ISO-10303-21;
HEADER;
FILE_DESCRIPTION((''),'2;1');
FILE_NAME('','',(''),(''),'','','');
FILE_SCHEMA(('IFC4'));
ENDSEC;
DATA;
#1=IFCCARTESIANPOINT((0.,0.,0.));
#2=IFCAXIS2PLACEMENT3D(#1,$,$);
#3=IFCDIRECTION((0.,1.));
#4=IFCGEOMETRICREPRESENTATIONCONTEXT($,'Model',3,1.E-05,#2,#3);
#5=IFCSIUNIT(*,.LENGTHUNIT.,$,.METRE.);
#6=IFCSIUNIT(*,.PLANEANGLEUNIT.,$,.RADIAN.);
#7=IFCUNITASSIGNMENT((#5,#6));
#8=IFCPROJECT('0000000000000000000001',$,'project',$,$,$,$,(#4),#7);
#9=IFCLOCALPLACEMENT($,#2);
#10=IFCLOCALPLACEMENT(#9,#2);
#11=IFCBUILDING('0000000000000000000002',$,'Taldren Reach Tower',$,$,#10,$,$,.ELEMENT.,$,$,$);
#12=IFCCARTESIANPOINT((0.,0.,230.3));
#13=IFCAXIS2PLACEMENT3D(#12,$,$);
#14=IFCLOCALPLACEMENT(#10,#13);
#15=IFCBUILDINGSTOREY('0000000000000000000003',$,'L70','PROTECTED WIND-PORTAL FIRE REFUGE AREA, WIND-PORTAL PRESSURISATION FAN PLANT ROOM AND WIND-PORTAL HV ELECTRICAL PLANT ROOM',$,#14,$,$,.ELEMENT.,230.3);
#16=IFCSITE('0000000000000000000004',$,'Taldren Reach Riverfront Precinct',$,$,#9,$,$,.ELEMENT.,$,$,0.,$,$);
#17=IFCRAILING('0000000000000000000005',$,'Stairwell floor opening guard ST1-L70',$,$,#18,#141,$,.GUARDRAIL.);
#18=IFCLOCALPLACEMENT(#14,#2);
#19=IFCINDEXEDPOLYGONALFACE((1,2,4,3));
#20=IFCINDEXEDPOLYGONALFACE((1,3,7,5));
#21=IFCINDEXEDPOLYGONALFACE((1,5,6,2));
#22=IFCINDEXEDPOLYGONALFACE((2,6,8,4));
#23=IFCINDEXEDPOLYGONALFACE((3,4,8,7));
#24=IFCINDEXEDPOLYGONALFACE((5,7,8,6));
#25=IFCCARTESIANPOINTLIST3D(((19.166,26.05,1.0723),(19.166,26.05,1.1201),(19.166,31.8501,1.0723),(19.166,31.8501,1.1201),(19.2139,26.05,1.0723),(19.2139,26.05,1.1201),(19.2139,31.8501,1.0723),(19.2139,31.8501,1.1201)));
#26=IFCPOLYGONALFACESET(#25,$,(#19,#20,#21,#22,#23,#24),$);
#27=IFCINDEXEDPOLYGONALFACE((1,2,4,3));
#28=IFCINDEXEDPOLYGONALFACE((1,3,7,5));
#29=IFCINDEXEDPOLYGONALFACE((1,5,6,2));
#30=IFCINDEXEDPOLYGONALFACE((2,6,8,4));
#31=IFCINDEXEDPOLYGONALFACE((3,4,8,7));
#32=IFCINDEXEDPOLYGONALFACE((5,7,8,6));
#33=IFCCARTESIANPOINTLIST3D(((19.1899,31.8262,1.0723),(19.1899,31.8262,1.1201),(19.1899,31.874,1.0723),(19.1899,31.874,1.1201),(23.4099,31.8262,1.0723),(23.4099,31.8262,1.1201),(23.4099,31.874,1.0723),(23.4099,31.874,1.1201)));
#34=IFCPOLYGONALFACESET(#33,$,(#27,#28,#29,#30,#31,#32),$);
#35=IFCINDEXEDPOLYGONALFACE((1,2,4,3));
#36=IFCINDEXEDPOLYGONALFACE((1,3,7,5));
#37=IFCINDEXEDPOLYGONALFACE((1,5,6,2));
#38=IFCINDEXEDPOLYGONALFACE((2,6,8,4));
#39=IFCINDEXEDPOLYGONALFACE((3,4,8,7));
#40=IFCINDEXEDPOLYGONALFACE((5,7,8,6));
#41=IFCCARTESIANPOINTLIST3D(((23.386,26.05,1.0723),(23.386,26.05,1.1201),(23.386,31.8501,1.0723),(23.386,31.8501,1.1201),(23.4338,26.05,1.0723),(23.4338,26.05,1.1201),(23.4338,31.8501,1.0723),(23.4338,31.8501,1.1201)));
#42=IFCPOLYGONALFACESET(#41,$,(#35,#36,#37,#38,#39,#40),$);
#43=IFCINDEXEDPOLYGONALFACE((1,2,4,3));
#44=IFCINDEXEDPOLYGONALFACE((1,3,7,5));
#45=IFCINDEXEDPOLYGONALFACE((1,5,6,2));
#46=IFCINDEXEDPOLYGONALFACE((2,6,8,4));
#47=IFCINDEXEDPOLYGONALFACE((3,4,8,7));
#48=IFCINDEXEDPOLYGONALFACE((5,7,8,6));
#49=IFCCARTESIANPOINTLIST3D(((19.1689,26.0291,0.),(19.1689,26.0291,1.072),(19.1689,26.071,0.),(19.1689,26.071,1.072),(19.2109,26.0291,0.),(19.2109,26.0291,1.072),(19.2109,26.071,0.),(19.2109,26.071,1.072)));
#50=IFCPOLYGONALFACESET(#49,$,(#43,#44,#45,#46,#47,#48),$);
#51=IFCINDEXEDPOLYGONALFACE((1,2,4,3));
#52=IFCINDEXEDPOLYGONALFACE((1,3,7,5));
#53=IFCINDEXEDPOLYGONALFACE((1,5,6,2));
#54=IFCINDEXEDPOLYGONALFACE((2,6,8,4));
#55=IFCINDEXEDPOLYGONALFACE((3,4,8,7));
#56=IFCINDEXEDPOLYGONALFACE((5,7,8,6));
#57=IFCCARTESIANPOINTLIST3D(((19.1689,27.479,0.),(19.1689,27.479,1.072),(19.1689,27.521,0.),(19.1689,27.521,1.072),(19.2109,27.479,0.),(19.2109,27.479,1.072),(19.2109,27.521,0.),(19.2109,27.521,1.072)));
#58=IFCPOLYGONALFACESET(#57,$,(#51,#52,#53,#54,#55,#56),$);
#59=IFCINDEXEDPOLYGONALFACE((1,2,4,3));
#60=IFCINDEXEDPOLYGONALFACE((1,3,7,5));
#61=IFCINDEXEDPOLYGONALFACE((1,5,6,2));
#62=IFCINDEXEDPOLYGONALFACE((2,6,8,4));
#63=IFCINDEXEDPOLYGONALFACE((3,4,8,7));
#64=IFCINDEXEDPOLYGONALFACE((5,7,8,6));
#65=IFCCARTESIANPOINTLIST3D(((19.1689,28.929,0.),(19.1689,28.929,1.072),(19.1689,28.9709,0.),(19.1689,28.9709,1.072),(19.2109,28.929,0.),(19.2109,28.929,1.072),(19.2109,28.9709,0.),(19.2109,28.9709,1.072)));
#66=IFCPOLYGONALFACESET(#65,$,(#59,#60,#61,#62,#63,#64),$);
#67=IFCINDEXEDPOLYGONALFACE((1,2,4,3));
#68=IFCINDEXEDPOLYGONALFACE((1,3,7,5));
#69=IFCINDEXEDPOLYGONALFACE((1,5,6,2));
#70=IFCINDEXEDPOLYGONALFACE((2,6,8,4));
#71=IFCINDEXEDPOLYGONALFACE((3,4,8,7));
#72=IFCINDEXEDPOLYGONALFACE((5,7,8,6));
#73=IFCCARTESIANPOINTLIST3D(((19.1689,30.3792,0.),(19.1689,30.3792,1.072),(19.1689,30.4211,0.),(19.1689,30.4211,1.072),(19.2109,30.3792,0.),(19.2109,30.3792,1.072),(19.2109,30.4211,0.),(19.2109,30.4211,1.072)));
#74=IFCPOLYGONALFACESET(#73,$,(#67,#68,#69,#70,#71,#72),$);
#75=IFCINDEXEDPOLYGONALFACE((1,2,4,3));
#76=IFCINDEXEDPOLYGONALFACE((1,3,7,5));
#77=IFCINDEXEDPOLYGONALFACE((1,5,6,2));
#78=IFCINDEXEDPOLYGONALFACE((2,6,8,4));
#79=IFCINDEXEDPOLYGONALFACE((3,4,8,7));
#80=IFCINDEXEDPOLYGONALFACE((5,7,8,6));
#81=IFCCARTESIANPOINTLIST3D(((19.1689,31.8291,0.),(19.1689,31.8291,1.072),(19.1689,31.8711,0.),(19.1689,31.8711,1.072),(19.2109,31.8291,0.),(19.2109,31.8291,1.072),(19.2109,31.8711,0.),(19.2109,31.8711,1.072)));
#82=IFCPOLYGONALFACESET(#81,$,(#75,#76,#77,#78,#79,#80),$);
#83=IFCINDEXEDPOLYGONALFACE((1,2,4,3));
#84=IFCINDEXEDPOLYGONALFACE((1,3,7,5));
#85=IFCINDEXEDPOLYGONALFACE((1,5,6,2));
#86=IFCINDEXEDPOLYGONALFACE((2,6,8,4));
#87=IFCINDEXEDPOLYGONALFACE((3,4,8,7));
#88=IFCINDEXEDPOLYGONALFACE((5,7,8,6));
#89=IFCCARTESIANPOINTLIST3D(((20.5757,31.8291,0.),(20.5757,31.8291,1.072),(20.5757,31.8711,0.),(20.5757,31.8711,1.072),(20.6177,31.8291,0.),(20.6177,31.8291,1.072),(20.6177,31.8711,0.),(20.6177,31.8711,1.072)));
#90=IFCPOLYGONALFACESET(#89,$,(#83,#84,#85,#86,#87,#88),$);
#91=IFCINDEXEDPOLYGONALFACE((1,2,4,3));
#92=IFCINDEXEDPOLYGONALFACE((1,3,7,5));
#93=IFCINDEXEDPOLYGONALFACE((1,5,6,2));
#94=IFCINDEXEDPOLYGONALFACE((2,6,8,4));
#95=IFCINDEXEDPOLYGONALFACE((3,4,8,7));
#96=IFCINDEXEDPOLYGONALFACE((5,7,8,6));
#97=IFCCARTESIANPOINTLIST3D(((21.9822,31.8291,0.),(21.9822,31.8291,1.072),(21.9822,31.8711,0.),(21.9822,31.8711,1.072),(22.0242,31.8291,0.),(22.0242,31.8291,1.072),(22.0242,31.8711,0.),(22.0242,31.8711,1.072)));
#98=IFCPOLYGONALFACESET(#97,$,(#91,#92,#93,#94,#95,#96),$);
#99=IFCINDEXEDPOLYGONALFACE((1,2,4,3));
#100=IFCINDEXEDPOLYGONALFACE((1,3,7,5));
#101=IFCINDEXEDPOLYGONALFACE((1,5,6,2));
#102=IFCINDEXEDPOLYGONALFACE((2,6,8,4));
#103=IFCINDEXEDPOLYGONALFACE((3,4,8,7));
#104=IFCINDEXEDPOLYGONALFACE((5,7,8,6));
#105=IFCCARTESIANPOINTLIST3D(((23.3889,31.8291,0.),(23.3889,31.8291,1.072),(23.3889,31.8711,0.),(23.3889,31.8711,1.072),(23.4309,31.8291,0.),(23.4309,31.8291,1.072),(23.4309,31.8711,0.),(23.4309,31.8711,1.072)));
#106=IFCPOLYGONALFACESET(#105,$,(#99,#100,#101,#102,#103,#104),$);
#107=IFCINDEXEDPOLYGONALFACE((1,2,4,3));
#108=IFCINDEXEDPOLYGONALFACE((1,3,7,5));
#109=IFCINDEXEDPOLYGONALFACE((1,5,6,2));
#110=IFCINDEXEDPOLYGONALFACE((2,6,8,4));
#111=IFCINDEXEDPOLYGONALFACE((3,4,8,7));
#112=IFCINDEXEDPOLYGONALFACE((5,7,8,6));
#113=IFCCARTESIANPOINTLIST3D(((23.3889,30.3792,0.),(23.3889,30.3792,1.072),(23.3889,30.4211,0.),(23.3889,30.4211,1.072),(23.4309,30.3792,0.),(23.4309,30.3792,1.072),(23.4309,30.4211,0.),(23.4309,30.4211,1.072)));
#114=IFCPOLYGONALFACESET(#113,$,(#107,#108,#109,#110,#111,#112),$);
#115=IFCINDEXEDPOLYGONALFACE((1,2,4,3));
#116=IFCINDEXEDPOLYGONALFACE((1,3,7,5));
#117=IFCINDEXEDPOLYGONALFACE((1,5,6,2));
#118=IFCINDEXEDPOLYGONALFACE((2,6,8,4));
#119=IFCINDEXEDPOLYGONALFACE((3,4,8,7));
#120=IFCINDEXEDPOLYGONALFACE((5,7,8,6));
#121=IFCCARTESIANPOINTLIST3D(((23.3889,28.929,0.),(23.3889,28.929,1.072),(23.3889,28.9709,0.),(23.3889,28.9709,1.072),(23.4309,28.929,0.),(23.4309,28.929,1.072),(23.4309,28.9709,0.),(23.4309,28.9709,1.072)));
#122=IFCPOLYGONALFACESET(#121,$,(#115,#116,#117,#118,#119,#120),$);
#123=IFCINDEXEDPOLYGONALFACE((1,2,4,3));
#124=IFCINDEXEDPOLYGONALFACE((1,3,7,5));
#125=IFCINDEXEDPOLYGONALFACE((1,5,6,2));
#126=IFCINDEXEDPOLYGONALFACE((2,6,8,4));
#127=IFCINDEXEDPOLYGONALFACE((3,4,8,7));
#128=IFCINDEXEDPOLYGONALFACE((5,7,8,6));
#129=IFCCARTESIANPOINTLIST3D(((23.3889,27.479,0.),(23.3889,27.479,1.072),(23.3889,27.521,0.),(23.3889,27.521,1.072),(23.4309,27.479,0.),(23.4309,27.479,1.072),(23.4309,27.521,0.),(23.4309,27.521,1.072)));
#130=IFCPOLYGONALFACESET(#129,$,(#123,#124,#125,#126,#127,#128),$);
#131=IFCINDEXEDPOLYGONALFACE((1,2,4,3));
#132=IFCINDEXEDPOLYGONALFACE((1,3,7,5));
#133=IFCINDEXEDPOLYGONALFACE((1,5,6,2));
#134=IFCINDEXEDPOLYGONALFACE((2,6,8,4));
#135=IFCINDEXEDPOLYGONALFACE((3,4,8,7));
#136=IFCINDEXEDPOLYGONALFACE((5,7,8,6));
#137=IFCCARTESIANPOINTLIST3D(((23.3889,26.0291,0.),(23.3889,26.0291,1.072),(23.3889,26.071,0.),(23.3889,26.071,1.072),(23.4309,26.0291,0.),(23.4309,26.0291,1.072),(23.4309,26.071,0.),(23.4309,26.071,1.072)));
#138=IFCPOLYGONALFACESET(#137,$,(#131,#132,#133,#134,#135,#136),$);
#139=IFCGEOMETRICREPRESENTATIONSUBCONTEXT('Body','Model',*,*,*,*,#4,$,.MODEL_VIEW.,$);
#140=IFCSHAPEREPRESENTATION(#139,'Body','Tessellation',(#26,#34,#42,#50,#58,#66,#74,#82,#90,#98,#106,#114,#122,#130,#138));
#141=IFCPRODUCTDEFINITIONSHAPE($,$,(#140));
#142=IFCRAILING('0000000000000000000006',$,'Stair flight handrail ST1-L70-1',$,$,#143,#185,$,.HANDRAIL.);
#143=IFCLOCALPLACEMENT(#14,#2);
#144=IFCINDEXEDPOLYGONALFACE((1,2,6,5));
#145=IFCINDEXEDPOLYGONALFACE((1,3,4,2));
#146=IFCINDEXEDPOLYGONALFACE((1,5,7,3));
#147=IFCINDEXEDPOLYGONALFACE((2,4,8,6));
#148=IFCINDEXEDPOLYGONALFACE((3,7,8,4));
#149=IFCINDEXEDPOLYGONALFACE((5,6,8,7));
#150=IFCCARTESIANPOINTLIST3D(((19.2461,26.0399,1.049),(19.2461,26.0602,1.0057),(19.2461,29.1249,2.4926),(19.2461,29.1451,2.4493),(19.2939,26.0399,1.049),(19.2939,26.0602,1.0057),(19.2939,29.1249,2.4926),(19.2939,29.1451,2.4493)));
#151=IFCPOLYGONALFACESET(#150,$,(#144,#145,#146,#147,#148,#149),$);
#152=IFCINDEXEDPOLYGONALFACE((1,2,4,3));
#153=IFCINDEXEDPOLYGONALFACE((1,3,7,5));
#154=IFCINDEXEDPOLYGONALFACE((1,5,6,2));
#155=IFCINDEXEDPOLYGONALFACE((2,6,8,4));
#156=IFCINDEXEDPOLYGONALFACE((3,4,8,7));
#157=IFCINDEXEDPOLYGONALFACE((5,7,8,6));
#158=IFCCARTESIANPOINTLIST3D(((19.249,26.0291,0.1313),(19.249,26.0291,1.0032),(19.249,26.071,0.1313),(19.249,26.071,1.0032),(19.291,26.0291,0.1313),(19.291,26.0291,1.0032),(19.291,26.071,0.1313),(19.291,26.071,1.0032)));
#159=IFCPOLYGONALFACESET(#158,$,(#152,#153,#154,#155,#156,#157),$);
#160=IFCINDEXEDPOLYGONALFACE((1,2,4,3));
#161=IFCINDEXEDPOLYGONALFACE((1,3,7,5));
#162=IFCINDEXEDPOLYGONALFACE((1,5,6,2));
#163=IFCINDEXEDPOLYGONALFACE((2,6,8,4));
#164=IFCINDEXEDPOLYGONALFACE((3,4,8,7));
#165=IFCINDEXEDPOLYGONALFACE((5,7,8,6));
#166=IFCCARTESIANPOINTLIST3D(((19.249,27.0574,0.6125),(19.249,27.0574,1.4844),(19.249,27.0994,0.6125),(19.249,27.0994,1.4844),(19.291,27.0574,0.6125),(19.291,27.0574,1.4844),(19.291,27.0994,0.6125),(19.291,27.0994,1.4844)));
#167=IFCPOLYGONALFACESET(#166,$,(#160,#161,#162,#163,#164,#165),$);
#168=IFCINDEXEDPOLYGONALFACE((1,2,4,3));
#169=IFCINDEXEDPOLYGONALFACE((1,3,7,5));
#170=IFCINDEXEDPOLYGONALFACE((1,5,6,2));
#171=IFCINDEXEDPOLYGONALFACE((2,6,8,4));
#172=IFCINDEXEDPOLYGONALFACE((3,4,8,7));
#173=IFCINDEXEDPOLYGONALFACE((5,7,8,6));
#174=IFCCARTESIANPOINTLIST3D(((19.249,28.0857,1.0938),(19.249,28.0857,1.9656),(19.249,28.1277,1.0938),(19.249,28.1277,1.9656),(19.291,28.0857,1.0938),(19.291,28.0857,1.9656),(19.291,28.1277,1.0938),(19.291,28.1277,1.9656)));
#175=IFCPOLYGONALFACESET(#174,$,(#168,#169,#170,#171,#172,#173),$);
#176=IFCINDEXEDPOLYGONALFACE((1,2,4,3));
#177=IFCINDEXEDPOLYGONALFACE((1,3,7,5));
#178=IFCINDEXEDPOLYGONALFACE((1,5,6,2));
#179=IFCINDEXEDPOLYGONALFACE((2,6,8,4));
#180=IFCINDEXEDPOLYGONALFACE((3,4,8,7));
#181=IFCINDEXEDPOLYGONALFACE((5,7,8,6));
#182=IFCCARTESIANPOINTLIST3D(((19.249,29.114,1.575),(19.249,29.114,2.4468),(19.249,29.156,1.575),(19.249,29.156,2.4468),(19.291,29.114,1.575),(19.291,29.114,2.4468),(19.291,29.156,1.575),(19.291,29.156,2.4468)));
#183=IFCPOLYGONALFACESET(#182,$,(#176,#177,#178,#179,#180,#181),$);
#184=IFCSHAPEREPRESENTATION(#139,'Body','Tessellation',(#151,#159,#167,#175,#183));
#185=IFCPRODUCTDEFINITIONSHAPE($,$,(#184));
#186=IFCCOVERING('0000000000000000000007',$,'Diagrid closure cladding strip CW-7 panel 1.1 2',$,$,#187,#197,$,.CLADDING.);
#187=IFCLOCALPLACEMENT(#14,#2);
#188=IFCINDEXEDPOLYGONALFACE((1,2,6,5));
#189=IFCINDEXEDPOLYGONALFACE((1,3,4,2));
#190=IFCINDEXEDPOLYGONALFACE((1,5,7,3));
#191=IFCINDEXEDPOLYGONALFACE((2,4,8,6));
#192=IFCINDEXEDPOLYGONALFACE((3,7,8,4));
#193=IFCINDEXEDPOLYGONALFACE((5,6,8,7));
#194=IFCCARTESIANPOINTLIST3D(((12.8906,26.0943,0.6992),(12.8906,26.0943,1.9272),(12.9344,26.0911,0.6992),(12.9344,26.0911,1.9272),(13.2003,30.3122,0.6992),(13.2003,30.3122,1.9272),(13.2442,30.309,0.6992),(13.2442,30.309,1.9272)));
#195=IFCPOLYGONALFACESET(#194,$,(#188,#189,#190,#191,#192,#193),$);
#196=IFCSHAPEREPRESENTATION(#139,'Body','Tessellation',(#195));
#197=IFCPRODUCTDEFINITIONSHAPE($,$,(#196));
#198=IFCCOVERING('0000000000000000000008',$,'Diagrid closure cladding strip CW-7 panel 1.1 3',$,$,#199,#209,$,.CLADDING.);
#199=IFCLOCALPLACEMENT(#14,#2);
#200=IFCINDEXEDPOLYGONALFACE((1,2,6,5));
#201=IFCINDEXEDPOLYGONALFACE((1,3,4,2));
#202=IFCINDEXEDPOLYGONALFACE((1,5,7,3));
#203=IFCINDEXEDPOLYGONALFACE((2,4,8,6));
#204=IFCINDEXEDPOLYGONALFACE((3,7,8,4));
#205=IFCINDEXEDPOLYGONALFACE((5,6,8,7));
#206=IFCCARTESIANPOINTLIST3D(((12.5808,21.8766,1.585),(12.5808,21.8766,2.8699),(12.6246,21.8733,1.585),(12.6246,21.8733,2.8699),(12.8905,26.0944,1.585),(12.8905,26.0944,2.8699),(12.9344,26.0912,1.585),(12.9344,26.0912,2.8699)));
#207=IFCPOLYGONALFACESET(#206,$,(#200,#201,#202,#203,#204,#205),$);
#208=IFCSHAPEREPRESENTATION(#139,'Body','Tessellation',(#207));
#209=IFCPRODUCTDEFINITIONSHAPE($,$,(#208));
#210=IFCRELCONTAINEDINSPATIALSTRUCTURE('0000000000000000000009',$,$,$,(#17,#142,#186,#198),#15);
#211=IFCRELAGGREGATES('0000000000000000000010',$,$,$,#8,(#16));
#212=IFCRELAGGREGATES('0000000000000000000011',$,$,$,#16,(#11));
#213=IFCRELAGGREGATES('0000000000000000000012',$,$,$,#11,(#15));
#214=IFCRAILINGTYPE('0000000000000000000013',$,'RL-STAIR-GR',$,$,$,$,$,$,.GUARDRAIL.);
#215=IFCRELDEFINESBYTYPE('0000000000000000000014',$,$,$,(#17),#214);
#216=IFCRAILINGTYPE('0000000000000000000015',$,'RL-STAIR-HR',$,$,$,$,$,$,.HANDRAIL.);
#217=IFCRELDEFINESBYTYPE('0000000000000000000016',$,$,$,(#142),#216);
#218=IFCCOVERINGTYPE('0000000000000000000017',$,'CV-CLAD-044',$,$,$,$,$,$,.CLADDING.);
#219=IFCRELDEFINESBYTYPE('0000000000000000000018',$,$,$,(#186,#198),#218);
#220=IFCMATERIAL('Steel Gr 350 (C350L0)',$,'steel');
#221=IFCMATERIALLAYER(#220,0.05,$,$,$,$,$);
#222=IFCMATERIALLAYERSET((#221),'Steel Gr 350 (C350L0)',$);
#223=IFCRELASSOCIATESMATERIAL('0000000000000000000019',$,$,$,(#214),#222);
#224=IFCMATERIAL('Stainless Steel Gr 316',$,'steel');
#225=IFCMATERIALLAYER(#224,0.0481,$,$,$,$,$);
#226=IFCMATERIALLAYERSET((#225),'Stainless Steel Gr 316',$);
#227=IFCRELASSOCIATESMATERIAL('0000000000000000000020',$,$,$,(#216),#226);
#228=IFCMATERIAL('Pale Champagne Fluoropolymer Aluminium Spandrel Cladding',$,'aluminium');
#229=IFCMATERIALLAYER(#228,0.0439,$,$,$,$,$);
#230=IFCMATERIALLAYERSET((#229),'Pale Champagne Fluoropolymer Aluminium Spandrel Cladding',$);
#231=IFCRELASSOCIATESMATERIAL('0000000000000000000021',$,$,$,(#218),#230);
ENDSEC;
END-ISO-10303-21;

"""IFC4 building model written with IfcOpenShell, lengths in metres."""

from ifc_helpers import new_model, si_unit, direction, frame, origin, origin_2d, place, context, subcontext, project, spatial, rectangle, extrude, source, transform, mapped, material, layer, layer_set, type_object, element, save


model = new_model("IFC4")

# Units and contexts
model_context = context("Model", 3, precision=1e-05, world=origin(), true_north=direction((0.0, 1.0)))
body_context = subcontext(model_context, "Body", "Model", "MODEL_VIEW")
ifc_project = project(units=[si_unit("LENGTHUNIT", "METRE"), si_unit("PLANEANGLEUNIT", "RADIAN")], contexts=[model_context])

# Site, building, storey
site_placement = place(None, origin())
site = spatial("IfcSite", under=ifc_project, at=site_placement, Name="Taldren Reach Riverfront Precinct", CompositionType="ELEMENT", RefElevation=0.0)
building_placement = place(site_placement, origin())
building = spatial("IfcBuilding", under=site, at=building_placement, Name="Taldren Reach Tower", CompositionType="ELEMENT")
storey_placement = place(building_placement, frame((0.0, 0.0, 230.3)))
storey = spatial("IfcBuildingStorey", under=building, at=storey_placement, Name="L70", Description="PROTECTED WIND-PORTAL FIRE REFUGE AREA, WIND-PORTAL PRESSURISATION FAN PLANT ROOM AND WIND-PORTAL HV ELECTRICAL PLANT ROOM", CompositionType="ELEMENT", Elevation=230.3)

# Shared definitions
ifc_material_1 = material(Name="Steel Gr 350 (C350L0)", Category="steel")

# Railings
ifc_layer_1 = layer(ifc_material_1, 0.05)
ifc_layer_set_1 = layer_set([ifc_layer_1], Name="Steel Gr 350 (C350L0)")
railing_type_1 = type_object("IfcRailingType", Name="RL-STAIR-GR", PredefinedType="GUARDRAIL", material=ifc_layer_set_1)
railing_1_placement = place(storey_placement, frame((19.1899, 26.05, 0.0)))
element("IfcRailing", 1, at=railing_1_placement, inside=storey, type_object=railing_type_1, Name="Stairwell floor opening guard ST1-L70", PredefinedType="GUARDRAIL", context=body_context, shape_type="SweptSolid", body=[
    extrude(rectangle(XDim=0.0479, YDim=0.0479, at=origin_2d()), frame((0.0, 0.0, 1.0962), z_axis=(0.0, 1.0, 0.0), x_axis=(-1.0, 0.0, 0.0)), (0.0, 0.0, 1.0), 5.8),
    extrude(rectangle(XDim=0.0479, YDim=0.0479, at=origin_2d()), frame((0.0, 5.8, 1.0962), z_axis=(1.0, 0.0, 0.0), x_axis=(0.0, 1.0, 0.0)), (0.0, 0.0, 1.0), 4.22),
    extrude(rectangle(XDim=0.0479, YDim=0.0479, at=origin_2d()), frame((4.22, 5.8, 1.0962), z_axis=(0.0, -1.0, 0.0), x_axis=(1.0, 0.0, 0.0)), (0.0, 0.0, 1.0), 5.8),
    extrude(rectangle(XDim=0.042, YDim=0.042, at=origin_2d()), origin(), (0.0, 0.0, 1.0), 1.072),
    extrude(rectangle(XDim=0.042, YDim=0.042, at=origin_2d()), frame((0.0, 1.45, 0.0)), (0.0, 0.0, 1.0), 1.072),
    extrude(rectangle(XDim=0.042, YDim=0.042, at=origin_2d()), frame((0.0, 2.8999, 0.0)), (0.0, 0.0, 1.0), 1.072),
    extrude(rectangle(XDim=0.042, YDim=0.042, at=origin_2d()), frame((0.0, 4.3501, 0.0)), (0.0, 0.0, 1.0), 1.072),
    extrude(rectangle(XDim=0.042, YDim=0.042, at=origin_2d()), frame((0.0, 5.8, 0.0)), (0.0, 0.0, 1.0), 1.072),
    extrude(rectangle(XDim=0.042, YDim=0.042, at=origin_2d()), frame((1.4067, 5.8, 0.0)), (0.0, 0.0, 1.0), 1.072),
    extrude(rectangle(XDim=0.042, YDim=0.042, at=origin_2d()), frame((2.8132, 5.8, 0.0)), (0.0, 0.0, 1.0), 1.072),
    extrude(rectangle(XDim=0.042, YDim=0.042, at=origin_2d()), frame((4.22, 5.8, 0.0)), (0.0, 0.0, 1.0), 1.072),
    extrude(rectangle(XDim=0.042, YDim=0.042, at=origin_2d()), frame((4.22, 4.3501, 0.0)), (0.0, 0.0, 1.0), 1.072),
    extrude(rectangle(XDim=0.042, YDim=0.042, at=origin_2d()), frame((4.22, 2.8999, 0.0)), (0.0, 0.0, 1.0), 1.072),
    extrude(rectangle(XDim=0.042, YDim=0.042, at=origin_2d()), frame((4.22, 1.45, 0.0)), (0.0, 0.0, 1.0), 1.072),
    extrude(rectangle(XDim=0.042, YDim=0.042, at=origin_2d()), frame((4.22, 0.0, 0.0)), (0.0, 0.0, 1.0), 1.072),
])
ifc_material_2 = material(Name="Stainless Steel Gr 316", Category="steel")
ifc_layer_2 = layer(ifc_material_2, 0.0481)
ifc_layer_set_2 = layer_set([ifc_layer_2], Name="Stainless Steel Gr 316")
railing_type_2 = type_object("IfcRailingType", Name="RL-STAIR-HR", PredefinedType="HANDRAIL", material=ifc_layer_set_2)
railing_2_placement = place(storey_placement, frame((19.27, 26.05, 0.1313)))
element("IfcRailing", 2, at=railing_2_placement, inside=storey, type_object=railing_type_2, Name="Stair flight handrail ST1-L70-1", PredefinedType="HANDRAIL", context=body_context, shape_type="SweptSolid", body=[
    extrude(rectangle(XDim=0.0479, YDim=0.0479, at=origin_2d()), frame((0.0, 0.0, 0.896), z_axis=(0.0, 0.905738, 0.423839), x_axis=(-1.0, 0.0, 0.0)), (0.0, 0.0, 1.0), 3.406),
    extrude(rectangle(XDim=0.042, YDim=0.042, at=origin_2d()), origin(), (0.0, 0.0, 1.0), 0.8718),
    extrude(rectangle(XDim=0.042, YDim=0.042, at=origin_2d()), frame((0.0, 1.0283, 0.4812)), (0.0, 0.0, 1.0), 0.8718),
    extrude(rectangle(XDim=0.042, YDim=0.042, at=origin_2d()), frame((0.0, 2.0566, 0.9624)), (0.0, 0.0, 1.0), 0.8718),
    extrude(rectangle(XDim=0.042, YDim=0.042, at=origin_2d()), frame((0.0, 3.085, 1.4436)), (0.0, 0.0, 1.0), 0.8718),
])

# Coverings
ifc_material_3 = material(Name="Pale Champagne Fluoropolymer Aluminium Spandrel Cladding", Category="aluminium")
ifc_layer_3 = layer(ifc_material_3, 0.0439)
ifc_layer_set_3 = layer_set([ifc_layer_3], Name="Pale Champagne Fluoropolymer Aluminium Spandrel Cladding")
covering_type = type_object("IfcCoveringType", Name="CV-CLAD-044", PredefinedType="CLADDING", material=ifc_layer_set_3)
shared_shape_1 = source(origin(), body_context, "Body", "SweptSolid", [
    extrude(rectangle(XDim=4.2292, YDim=0.0439, at=origin_2d()), origin(), (0.0, 0.0, 1.0), 1.228),
])
covering_1_placement = place(storey_placement, frame((13.0674, 28.2017, 0.6992), z_axis=(0.0, 0.0, 1.0), x_axis=(-0.073238, -0.997314, 0.0)))
element("IfcCovering", 3, at=covering_1_placement, inside=storey, type_object=covering_type, Name="Diagrid closure cladding strip CW-7 panel 1.1 2", PredefinedType="CLADDING", context=body_context, shape_type="MappedRepresentation", body=[
    mapped(shared_shape_1, transform((0.0, 0.0, 0.0), scale=1.0)),
])
shared_shape_2 = source(origin(), body_context, "Body", "SweptSolid", [
    extrude(rectangle(XDim=4.2292, YDim=0.0439, at=origin_2d()), origin(), (0.0, 0.0, 1.0), 1.2849),
])
covering_2_placement = place(storey_placement, frame((12.7576, 23.9839, 1.585), z_axis=(0.0, 0.0, 1.0), x_axis=(-0.073238, -0.997314, 0.0)))
element("IfcCovering", 4, at=covering_2_placement, inside=storey, type_object=covering_type, Name="Diagrid closure cladding strip CW-7 panel 1.1 3", PredefinedType="CLADDING", context=body_context, shape_type="MappedRepresentation", body=[
    mapped(shared_shape_2, transform((0.0, 0.0, 0.0), scale=1.0)),
])

save(model, "model.ifc")
